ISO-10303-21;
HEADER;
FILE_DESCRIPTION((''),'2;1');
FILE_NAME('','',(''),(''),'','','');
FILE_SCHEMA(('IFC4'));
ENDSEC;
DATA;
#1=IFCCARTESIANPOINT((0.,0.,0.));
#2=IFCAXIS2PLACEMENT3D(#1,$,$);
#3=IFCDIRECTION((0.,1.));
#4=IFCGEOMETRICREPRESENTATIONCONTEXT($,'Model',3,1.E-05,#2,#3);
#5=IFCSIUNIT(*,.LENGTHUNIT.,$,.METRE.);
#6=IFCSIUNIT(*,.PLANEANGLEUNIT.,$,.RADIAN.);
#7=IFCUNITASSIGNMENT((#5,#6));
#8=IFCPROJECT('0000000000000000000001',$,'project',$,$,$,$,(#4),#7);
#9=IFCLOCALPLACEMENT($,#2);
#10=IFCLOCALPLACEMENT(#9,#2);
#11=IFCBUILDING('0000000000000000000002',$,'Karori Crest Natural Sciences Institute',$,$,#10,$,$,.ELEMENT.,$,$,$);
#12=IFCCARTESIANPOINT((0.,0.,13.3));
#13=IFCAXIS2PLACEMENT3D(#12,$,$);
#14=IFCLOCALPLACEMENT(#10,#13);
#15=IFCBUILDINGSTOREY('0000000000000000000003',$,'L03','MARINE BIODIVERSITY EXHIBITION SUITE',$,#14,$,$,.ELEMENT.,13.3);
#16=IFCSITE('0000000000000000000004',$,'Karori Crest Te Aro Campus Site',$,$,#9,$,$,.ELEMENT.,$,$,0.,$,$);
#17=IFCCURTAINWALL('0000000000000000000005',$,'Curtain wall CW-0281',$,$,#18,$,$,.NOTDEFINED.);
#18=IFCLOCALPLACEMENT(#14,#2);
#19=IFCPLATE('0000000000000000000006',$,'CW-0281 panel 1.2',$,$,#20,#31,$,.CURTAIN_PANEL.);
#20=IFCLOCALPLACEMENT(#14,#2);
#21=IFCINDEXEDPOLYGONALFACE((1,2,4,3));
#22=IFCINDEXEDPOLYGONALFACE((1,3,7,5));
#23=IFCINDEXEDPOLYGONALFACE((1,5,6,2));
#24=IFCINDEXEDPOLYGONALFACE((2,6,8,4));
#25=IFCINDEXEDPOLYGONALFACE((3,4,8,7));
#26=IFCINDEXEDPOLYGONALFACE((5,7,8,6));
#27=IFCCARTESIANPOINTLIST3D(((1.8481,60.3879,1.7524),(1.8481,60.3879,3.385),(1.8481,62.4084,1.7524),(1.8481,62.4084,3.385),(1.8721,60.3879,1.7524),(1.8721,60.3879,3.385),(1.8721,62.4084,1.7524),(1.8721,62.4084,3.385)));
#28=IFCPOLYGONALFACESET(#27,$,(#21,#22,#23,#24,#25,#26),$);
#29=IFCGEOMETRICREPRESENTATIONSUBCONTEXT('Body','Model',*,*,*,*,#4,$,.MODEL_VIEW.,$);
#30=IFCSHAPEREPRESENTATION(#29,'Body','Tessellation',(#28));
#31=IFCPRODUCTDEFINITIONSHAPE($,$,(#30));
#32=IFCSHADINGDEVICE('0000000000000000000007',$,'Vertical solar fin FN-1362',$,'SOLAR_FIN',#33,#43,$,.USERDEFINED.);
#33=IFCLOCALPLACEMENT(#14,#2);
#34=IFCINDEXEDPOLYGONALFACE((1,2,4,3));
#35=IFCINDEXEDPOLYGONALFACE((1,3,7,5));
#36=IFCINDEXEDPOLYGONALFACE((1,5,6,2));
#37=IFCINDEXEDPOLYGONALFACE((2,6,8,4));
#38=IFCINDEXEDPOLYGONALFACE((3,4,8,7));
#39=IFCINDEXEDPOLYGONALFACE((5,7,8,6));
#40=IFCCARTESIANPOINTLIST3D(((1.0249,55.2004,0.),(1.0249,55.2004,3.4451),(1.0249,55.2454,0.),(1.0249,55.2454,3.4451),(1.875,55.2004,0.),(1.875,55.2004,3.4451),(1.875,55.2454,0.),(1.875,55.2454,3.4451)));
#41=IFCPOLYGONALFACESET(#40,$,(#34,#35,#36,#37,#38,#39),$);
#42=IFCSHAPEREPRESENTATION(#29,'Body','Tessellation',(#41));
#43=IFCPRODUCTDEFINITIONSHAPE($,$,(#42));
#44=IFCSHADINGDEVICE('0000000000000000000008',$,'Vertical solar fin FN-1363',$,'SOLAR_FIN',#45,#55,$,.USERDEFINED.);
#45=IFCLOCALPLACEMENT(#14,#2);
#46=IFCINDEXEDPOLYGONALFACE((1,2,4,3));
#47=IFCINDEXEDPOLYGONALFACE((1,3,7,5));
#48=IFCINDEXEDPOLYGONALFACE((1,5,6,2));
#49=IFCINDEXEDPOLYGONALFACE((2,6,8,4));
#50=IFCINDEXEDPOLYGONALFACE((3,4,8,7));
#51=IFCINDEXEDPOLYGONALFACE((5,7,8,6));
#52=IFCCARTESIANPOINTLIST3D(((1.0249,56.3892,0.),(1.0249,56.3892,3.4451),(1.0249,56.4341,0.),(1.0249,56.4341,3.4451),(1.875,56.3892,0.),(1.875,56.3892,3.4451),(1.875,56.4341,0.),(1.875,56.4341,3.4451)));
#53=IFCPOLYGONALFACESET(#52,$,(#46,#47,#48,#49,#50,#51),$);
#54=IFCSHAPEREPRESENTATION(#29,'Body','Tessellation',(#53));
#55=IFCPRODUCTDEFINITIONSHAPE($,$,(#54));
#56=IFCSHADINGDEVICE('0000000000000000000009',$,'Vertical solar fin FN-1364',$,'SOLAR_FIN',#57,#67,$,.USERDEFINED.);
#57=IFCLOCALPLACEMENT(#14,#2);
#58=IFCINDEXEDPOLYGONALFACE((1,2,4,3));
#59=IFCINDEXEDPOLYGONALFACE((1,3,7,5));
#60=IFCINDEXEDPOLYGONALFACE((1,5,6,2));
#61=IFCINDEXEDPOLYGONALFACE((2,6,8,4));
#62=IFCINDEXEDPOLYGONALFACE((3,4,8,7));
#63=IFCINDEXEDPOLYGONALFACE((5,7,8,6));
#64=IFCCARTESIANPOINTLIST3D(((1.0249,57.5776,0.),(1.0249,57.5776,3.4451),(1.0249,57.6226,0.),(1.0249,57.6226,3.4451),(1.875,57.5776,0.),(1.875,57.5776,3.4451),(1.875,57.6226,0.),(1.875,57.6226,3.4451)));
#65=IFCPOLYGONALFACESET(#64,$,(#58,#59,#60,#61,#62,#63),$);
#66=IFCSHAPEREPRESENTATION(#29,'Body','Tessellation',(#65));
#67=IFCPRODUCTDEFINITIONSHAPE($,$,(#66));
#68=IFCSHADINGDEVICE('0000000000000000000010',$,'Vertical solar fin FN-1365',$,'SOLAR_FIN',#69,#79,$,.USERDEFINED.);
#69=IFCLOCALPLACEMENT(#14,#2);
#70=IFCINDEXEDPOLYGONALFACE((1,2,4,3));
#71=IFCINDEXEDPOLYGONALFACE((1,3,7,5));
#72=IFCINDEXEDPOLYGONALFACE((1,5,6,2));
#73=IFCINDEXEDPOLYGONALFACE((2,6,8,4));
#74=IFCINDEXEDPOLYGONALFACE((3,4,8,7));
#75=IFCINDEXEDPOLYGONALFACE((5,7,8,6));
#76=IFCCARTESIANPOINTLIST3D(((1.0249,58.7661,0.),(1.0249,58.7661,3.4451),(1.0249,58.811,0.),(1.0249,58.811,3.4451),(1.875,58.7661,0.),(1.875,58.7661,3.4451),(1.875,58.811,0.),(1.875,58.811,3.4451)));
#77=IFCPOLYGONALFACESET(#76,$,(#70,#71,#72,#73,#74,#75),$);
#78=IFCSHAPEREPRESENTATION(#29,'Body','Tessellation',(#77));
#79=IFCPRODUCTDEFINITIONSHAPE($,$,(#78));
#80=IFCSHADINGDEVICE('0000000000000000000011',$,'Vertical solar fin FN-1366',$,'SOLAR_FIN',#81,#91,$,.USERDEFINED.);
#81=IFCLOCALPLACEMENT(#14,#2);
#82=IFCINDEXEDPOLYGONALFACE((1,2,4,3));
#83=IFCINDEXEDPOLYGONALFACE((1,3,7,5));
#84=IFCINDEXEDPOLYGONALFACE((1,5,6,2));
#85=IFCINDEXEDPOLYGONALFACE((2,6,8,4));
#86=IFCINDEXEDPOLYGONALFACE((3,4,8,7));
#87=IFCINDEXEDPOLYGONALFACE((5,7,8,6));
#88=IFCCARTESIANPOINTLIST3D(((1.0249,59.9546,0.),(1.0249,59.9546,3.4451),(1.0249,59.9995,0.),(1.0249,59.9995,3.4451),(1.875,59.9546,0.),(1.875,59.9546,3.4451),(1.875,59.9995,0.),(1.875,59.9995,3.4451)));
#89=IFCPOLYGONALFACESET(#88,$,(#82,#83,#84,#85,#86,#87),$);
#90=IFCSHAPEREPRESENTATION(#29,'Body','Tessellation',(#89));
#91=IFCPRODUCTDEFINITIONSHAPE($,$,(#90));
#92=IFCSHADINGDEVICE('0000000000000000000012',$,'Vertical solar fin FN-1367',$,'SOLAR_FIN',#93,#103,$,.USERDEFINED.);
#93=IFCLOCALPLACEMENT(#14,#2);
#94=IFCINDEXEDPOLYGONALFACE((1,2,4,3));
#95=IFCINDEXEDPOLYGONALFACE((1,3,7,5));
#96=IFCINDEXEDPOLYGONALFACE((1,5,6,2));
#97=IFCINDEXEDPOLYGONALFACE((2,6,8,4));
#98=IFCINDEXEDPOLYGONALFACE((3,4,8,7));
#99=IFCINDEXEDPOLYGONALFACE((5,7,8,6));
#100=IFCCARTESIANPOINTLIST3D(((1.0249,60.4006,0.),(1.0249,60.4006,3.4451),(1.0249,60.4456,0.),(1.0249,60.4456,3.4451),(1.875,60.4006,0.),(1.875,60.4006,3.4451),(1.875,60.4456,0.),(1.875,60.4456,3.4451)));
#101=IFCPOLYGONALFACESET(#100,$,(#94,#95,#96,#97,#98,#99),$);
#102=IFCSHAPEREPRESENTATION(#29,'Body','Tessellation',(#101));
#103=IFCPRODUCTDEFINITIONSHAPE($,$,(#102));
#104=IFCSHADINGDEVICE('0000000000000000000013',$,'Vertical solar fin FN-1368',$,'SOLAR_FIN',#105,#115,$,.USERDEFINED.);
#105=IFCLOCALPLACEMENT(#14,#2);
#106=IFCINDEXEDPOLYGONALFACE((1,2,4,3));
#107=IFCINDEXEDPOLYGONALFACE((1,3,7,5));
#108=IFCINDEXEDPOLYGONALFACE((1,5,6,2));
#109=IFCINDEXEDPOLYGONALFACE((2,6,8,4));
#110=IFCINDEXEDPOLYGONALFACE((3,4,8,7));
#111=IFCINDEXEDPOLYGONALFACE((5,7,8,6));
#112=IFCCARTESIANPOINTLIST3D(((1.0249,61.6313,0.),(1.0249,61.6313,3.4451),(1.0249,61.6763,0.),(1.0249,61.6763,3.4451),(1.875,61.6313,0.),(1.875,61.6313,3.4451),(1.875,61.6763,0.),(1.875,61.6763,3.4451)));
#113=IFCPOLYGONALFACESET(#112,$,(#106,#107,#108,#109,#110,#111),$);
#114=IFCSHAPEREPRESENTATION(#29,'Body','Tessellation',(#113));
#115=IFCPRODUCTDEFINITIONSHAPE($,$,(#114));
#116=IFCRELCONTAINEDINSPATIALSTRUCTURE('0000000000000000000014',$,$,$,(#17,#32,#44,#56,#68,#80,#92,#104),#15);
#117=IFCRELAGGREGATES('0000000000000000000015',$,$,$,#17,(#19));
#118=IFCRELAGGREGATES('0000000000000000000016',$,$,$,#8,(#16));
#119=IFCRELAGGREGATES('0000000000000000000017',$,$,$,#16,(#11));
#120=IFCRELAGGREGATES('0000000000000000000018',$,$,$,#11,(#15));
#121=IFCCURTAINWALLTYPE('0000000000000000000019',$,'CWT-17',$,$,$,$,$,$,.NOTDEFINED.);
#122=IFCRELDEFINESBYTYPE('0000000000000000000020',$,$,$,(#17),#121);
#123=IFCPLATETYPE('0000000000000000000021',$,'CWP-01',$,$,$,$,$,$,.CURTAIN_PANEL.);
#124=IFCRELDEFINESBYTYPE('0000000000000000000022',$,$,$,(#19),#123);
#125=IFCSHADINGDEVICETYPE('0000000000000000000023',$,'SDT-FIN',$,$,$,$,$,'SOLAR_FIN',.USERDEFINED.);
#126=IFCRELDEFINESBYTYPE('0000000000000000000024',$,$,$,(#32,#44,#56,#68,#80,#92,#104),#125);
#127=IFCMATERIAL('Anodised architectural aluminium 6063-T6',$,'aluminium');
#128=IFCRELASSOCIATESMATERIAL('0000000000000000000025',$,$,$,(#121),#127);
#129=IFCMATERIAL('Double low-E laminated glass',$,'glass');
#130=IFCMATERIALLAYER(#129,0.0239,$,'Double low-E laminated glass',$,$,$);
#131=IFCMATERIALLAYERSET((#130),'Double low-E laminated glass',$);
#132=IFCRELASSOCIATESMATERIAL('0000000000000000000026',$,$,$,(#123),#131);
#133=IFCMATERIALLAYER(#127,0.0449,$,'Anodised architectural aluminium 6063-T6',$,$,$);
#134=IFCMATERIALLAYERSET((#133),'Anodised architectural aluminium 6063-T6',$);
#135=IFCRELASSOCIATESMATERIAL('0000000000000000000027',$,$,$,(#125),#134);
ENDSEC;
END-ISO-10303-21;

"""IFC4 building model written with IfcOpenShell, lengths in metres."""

from ifc_helpers import new_model, si_unit, direction, frame, origin, origin_2d, place, context, subcontext, project, spatial, rectangle, extrude, material, layer, layer_set, type_object, element, aggregate, save


model = new_model("IFC4")

# Units and contexts
model_context = context("Model", 3, precision=1e-05, world=origin(), true_north=direction((0.0, 1.0)))
body_context = subcontext(model_context, "Body", "Model", "MODEL_VIEW")
ifc_project = project(units=[si_unit("LENGTHUNIT", "METRE"), si_unit("PLANEANGLEUNIT", "RADIAN")], contexts=[model_context])

# Site, building, storey
site_placement = place(None, origin())
site = spatial("IfcSite", under=ifc_project, at=site_placement, Name="Karori Crest Te Aro Campus Site", CompositionType="ELEMENT", RefElevation=0.0)
building_placement = place(site_placement, origin())
building = spatial("IfcBuilding", under=site, at=building_placement, Name="Karori Crest Natural Sciences Institute", CompositionType="ELEMENT")
storey_placement = place(building_placement, frame((0.0, 0.0, 13.3)))
storey = spatial("IfcBuildingStorey", under=building, at=storey_placement, Name="L03", Description="MARINE BIODIVERSITY EXHIBITION SUITE", CompositionType="ELEMENT", Elevation=13.3)

# Curtain wall
ifc_material_1 = material(Name="Anodised architectural aluminium 6063-T6", Category="aluminium")
curtain_wall_type = type_object("IfcCurtainWallType", Name="CWT-17", PredefinedType="NOTDEFINED", material=ifc_material_1)
curtain_wall_1_placement = place(storey_placement, origin())
curtain_wall_1 = element("IfcCurtainWall", 1, at=curtain_wall_1_placement, inside=storey, type_object=curtain_wall_type, Name="Curtain wall CW-0281", PredefinedType="NOTDEFINED")

# Plate
ifc_material_2 = material(Name="Double low-E laminated glass", Category="glass")
ifc_layer_1 = layer(ifc_material_2, 0.0239, Name="Double low-E laminated glass")
ifc_layer_set_1 = layer_set([ifc_layer_1], Name="Double low-E laminated glass")
plate_type = type_object("IfcPlateType", Name="CWP-01", PredefinedType="CURTAIN_PANEL", material=ifc_layer_set_1)
plate_1_placement = place(storey_placement, frame((1.8601, 61.3982, 1.7524), z_axis=(0.0, 0.0, 1.0), x_axis=(0.0, 1.0, 0.0)))
plate_1 = element("IfcPlate", 2, at=plate_1_placement, type_object=plate_type, Name="CW-0281 panel 1.2", PredefinedType="CURTAIN_PANEL", context=body_context, shape_type="SweptSolid", body=[
    extrude(rectangle(XDim=2.0205, YDim=0.0239, at=origin_2d()), origin(), (0.0, 0.0, 1.0), 1.6326),
])
aggregate(curtain_wall_1, [plate_1])

# Shading devices
ifc_layer_2 = layer(ifc_material_1, 0.0449, Name="Anodised architectural aluminium 6063-T6")
ifc_layer_set_2 = layer_set([ifc_layer_2], Name="Anodised architectural aluminium 6063-T6")
shading_device_type = type_object("IfcShadingDeviceType", Name="SDT-FIN", ElementType="SOLAR_FIN", PredefinedType="USERDEFINED", material=ifc_layer_set_2)
for number, where, z_axis, x_axis, name in (
    (3, (1.45, 55.2229, 0.0), (0.0, 0.0, 1.0), (-1.0, 0.0, 0.0), "Vertical solar fin FN-1362"),
    (4, (1.45, 56.4116, 0.0), (0.0, 0.0, 1.0), (-1.0, 0.0, 0.0), "Vertical solar fin FN-1363"),
    (5, (1.45, 57.6001, 0.0), (0.0, 0.0, 1.0), (-1.0, 0.0, 0.0), "Vertical solar fin FN-1364"),
    (6, (1.45, 58.7886, 0.0), (0.0, 0.0, 1.0), (-1.0, 0.0, 0.0), "Vertical solar fin FN-1365"),
    (7, (1.45, 59.9771, 0.0), (0.0, 0.0, 1.0), (-1.0, 0.0, 0.0), "Vertical solar fin FN-1366"),
    (8, (1.45, 60.4231, 0.0), (0.0, 0.0, 1.0), (-1.0, 0.0, 0.0), "Vertical solar fin FN-1367"),
    (9, (1.45, 61.6538, 0.0), (0.0, 0.0, 1.0), (-1.0, 0.0, 0.0), "Vertical solar fin FN-1368"),
):
    element("IfcShadingDevice", number, at=place(storey_placement, frame(where, z_axis=z_axis, x_axis=x_axis)), inside=storey, type_object=shading_device_type, Name=name, ObjectType="SOLAR_FIN", PredefinedType="USERDEFINED", context=body_context, shape_type="SweptSolid", body=[
        extrude(rectangle(XDim=0.8501, YDim=0.0449, at=origin_2d()), origin(), (0.0, 0.0, 1.0), 3.4451),
    ])

save(model, "model.ifc")
